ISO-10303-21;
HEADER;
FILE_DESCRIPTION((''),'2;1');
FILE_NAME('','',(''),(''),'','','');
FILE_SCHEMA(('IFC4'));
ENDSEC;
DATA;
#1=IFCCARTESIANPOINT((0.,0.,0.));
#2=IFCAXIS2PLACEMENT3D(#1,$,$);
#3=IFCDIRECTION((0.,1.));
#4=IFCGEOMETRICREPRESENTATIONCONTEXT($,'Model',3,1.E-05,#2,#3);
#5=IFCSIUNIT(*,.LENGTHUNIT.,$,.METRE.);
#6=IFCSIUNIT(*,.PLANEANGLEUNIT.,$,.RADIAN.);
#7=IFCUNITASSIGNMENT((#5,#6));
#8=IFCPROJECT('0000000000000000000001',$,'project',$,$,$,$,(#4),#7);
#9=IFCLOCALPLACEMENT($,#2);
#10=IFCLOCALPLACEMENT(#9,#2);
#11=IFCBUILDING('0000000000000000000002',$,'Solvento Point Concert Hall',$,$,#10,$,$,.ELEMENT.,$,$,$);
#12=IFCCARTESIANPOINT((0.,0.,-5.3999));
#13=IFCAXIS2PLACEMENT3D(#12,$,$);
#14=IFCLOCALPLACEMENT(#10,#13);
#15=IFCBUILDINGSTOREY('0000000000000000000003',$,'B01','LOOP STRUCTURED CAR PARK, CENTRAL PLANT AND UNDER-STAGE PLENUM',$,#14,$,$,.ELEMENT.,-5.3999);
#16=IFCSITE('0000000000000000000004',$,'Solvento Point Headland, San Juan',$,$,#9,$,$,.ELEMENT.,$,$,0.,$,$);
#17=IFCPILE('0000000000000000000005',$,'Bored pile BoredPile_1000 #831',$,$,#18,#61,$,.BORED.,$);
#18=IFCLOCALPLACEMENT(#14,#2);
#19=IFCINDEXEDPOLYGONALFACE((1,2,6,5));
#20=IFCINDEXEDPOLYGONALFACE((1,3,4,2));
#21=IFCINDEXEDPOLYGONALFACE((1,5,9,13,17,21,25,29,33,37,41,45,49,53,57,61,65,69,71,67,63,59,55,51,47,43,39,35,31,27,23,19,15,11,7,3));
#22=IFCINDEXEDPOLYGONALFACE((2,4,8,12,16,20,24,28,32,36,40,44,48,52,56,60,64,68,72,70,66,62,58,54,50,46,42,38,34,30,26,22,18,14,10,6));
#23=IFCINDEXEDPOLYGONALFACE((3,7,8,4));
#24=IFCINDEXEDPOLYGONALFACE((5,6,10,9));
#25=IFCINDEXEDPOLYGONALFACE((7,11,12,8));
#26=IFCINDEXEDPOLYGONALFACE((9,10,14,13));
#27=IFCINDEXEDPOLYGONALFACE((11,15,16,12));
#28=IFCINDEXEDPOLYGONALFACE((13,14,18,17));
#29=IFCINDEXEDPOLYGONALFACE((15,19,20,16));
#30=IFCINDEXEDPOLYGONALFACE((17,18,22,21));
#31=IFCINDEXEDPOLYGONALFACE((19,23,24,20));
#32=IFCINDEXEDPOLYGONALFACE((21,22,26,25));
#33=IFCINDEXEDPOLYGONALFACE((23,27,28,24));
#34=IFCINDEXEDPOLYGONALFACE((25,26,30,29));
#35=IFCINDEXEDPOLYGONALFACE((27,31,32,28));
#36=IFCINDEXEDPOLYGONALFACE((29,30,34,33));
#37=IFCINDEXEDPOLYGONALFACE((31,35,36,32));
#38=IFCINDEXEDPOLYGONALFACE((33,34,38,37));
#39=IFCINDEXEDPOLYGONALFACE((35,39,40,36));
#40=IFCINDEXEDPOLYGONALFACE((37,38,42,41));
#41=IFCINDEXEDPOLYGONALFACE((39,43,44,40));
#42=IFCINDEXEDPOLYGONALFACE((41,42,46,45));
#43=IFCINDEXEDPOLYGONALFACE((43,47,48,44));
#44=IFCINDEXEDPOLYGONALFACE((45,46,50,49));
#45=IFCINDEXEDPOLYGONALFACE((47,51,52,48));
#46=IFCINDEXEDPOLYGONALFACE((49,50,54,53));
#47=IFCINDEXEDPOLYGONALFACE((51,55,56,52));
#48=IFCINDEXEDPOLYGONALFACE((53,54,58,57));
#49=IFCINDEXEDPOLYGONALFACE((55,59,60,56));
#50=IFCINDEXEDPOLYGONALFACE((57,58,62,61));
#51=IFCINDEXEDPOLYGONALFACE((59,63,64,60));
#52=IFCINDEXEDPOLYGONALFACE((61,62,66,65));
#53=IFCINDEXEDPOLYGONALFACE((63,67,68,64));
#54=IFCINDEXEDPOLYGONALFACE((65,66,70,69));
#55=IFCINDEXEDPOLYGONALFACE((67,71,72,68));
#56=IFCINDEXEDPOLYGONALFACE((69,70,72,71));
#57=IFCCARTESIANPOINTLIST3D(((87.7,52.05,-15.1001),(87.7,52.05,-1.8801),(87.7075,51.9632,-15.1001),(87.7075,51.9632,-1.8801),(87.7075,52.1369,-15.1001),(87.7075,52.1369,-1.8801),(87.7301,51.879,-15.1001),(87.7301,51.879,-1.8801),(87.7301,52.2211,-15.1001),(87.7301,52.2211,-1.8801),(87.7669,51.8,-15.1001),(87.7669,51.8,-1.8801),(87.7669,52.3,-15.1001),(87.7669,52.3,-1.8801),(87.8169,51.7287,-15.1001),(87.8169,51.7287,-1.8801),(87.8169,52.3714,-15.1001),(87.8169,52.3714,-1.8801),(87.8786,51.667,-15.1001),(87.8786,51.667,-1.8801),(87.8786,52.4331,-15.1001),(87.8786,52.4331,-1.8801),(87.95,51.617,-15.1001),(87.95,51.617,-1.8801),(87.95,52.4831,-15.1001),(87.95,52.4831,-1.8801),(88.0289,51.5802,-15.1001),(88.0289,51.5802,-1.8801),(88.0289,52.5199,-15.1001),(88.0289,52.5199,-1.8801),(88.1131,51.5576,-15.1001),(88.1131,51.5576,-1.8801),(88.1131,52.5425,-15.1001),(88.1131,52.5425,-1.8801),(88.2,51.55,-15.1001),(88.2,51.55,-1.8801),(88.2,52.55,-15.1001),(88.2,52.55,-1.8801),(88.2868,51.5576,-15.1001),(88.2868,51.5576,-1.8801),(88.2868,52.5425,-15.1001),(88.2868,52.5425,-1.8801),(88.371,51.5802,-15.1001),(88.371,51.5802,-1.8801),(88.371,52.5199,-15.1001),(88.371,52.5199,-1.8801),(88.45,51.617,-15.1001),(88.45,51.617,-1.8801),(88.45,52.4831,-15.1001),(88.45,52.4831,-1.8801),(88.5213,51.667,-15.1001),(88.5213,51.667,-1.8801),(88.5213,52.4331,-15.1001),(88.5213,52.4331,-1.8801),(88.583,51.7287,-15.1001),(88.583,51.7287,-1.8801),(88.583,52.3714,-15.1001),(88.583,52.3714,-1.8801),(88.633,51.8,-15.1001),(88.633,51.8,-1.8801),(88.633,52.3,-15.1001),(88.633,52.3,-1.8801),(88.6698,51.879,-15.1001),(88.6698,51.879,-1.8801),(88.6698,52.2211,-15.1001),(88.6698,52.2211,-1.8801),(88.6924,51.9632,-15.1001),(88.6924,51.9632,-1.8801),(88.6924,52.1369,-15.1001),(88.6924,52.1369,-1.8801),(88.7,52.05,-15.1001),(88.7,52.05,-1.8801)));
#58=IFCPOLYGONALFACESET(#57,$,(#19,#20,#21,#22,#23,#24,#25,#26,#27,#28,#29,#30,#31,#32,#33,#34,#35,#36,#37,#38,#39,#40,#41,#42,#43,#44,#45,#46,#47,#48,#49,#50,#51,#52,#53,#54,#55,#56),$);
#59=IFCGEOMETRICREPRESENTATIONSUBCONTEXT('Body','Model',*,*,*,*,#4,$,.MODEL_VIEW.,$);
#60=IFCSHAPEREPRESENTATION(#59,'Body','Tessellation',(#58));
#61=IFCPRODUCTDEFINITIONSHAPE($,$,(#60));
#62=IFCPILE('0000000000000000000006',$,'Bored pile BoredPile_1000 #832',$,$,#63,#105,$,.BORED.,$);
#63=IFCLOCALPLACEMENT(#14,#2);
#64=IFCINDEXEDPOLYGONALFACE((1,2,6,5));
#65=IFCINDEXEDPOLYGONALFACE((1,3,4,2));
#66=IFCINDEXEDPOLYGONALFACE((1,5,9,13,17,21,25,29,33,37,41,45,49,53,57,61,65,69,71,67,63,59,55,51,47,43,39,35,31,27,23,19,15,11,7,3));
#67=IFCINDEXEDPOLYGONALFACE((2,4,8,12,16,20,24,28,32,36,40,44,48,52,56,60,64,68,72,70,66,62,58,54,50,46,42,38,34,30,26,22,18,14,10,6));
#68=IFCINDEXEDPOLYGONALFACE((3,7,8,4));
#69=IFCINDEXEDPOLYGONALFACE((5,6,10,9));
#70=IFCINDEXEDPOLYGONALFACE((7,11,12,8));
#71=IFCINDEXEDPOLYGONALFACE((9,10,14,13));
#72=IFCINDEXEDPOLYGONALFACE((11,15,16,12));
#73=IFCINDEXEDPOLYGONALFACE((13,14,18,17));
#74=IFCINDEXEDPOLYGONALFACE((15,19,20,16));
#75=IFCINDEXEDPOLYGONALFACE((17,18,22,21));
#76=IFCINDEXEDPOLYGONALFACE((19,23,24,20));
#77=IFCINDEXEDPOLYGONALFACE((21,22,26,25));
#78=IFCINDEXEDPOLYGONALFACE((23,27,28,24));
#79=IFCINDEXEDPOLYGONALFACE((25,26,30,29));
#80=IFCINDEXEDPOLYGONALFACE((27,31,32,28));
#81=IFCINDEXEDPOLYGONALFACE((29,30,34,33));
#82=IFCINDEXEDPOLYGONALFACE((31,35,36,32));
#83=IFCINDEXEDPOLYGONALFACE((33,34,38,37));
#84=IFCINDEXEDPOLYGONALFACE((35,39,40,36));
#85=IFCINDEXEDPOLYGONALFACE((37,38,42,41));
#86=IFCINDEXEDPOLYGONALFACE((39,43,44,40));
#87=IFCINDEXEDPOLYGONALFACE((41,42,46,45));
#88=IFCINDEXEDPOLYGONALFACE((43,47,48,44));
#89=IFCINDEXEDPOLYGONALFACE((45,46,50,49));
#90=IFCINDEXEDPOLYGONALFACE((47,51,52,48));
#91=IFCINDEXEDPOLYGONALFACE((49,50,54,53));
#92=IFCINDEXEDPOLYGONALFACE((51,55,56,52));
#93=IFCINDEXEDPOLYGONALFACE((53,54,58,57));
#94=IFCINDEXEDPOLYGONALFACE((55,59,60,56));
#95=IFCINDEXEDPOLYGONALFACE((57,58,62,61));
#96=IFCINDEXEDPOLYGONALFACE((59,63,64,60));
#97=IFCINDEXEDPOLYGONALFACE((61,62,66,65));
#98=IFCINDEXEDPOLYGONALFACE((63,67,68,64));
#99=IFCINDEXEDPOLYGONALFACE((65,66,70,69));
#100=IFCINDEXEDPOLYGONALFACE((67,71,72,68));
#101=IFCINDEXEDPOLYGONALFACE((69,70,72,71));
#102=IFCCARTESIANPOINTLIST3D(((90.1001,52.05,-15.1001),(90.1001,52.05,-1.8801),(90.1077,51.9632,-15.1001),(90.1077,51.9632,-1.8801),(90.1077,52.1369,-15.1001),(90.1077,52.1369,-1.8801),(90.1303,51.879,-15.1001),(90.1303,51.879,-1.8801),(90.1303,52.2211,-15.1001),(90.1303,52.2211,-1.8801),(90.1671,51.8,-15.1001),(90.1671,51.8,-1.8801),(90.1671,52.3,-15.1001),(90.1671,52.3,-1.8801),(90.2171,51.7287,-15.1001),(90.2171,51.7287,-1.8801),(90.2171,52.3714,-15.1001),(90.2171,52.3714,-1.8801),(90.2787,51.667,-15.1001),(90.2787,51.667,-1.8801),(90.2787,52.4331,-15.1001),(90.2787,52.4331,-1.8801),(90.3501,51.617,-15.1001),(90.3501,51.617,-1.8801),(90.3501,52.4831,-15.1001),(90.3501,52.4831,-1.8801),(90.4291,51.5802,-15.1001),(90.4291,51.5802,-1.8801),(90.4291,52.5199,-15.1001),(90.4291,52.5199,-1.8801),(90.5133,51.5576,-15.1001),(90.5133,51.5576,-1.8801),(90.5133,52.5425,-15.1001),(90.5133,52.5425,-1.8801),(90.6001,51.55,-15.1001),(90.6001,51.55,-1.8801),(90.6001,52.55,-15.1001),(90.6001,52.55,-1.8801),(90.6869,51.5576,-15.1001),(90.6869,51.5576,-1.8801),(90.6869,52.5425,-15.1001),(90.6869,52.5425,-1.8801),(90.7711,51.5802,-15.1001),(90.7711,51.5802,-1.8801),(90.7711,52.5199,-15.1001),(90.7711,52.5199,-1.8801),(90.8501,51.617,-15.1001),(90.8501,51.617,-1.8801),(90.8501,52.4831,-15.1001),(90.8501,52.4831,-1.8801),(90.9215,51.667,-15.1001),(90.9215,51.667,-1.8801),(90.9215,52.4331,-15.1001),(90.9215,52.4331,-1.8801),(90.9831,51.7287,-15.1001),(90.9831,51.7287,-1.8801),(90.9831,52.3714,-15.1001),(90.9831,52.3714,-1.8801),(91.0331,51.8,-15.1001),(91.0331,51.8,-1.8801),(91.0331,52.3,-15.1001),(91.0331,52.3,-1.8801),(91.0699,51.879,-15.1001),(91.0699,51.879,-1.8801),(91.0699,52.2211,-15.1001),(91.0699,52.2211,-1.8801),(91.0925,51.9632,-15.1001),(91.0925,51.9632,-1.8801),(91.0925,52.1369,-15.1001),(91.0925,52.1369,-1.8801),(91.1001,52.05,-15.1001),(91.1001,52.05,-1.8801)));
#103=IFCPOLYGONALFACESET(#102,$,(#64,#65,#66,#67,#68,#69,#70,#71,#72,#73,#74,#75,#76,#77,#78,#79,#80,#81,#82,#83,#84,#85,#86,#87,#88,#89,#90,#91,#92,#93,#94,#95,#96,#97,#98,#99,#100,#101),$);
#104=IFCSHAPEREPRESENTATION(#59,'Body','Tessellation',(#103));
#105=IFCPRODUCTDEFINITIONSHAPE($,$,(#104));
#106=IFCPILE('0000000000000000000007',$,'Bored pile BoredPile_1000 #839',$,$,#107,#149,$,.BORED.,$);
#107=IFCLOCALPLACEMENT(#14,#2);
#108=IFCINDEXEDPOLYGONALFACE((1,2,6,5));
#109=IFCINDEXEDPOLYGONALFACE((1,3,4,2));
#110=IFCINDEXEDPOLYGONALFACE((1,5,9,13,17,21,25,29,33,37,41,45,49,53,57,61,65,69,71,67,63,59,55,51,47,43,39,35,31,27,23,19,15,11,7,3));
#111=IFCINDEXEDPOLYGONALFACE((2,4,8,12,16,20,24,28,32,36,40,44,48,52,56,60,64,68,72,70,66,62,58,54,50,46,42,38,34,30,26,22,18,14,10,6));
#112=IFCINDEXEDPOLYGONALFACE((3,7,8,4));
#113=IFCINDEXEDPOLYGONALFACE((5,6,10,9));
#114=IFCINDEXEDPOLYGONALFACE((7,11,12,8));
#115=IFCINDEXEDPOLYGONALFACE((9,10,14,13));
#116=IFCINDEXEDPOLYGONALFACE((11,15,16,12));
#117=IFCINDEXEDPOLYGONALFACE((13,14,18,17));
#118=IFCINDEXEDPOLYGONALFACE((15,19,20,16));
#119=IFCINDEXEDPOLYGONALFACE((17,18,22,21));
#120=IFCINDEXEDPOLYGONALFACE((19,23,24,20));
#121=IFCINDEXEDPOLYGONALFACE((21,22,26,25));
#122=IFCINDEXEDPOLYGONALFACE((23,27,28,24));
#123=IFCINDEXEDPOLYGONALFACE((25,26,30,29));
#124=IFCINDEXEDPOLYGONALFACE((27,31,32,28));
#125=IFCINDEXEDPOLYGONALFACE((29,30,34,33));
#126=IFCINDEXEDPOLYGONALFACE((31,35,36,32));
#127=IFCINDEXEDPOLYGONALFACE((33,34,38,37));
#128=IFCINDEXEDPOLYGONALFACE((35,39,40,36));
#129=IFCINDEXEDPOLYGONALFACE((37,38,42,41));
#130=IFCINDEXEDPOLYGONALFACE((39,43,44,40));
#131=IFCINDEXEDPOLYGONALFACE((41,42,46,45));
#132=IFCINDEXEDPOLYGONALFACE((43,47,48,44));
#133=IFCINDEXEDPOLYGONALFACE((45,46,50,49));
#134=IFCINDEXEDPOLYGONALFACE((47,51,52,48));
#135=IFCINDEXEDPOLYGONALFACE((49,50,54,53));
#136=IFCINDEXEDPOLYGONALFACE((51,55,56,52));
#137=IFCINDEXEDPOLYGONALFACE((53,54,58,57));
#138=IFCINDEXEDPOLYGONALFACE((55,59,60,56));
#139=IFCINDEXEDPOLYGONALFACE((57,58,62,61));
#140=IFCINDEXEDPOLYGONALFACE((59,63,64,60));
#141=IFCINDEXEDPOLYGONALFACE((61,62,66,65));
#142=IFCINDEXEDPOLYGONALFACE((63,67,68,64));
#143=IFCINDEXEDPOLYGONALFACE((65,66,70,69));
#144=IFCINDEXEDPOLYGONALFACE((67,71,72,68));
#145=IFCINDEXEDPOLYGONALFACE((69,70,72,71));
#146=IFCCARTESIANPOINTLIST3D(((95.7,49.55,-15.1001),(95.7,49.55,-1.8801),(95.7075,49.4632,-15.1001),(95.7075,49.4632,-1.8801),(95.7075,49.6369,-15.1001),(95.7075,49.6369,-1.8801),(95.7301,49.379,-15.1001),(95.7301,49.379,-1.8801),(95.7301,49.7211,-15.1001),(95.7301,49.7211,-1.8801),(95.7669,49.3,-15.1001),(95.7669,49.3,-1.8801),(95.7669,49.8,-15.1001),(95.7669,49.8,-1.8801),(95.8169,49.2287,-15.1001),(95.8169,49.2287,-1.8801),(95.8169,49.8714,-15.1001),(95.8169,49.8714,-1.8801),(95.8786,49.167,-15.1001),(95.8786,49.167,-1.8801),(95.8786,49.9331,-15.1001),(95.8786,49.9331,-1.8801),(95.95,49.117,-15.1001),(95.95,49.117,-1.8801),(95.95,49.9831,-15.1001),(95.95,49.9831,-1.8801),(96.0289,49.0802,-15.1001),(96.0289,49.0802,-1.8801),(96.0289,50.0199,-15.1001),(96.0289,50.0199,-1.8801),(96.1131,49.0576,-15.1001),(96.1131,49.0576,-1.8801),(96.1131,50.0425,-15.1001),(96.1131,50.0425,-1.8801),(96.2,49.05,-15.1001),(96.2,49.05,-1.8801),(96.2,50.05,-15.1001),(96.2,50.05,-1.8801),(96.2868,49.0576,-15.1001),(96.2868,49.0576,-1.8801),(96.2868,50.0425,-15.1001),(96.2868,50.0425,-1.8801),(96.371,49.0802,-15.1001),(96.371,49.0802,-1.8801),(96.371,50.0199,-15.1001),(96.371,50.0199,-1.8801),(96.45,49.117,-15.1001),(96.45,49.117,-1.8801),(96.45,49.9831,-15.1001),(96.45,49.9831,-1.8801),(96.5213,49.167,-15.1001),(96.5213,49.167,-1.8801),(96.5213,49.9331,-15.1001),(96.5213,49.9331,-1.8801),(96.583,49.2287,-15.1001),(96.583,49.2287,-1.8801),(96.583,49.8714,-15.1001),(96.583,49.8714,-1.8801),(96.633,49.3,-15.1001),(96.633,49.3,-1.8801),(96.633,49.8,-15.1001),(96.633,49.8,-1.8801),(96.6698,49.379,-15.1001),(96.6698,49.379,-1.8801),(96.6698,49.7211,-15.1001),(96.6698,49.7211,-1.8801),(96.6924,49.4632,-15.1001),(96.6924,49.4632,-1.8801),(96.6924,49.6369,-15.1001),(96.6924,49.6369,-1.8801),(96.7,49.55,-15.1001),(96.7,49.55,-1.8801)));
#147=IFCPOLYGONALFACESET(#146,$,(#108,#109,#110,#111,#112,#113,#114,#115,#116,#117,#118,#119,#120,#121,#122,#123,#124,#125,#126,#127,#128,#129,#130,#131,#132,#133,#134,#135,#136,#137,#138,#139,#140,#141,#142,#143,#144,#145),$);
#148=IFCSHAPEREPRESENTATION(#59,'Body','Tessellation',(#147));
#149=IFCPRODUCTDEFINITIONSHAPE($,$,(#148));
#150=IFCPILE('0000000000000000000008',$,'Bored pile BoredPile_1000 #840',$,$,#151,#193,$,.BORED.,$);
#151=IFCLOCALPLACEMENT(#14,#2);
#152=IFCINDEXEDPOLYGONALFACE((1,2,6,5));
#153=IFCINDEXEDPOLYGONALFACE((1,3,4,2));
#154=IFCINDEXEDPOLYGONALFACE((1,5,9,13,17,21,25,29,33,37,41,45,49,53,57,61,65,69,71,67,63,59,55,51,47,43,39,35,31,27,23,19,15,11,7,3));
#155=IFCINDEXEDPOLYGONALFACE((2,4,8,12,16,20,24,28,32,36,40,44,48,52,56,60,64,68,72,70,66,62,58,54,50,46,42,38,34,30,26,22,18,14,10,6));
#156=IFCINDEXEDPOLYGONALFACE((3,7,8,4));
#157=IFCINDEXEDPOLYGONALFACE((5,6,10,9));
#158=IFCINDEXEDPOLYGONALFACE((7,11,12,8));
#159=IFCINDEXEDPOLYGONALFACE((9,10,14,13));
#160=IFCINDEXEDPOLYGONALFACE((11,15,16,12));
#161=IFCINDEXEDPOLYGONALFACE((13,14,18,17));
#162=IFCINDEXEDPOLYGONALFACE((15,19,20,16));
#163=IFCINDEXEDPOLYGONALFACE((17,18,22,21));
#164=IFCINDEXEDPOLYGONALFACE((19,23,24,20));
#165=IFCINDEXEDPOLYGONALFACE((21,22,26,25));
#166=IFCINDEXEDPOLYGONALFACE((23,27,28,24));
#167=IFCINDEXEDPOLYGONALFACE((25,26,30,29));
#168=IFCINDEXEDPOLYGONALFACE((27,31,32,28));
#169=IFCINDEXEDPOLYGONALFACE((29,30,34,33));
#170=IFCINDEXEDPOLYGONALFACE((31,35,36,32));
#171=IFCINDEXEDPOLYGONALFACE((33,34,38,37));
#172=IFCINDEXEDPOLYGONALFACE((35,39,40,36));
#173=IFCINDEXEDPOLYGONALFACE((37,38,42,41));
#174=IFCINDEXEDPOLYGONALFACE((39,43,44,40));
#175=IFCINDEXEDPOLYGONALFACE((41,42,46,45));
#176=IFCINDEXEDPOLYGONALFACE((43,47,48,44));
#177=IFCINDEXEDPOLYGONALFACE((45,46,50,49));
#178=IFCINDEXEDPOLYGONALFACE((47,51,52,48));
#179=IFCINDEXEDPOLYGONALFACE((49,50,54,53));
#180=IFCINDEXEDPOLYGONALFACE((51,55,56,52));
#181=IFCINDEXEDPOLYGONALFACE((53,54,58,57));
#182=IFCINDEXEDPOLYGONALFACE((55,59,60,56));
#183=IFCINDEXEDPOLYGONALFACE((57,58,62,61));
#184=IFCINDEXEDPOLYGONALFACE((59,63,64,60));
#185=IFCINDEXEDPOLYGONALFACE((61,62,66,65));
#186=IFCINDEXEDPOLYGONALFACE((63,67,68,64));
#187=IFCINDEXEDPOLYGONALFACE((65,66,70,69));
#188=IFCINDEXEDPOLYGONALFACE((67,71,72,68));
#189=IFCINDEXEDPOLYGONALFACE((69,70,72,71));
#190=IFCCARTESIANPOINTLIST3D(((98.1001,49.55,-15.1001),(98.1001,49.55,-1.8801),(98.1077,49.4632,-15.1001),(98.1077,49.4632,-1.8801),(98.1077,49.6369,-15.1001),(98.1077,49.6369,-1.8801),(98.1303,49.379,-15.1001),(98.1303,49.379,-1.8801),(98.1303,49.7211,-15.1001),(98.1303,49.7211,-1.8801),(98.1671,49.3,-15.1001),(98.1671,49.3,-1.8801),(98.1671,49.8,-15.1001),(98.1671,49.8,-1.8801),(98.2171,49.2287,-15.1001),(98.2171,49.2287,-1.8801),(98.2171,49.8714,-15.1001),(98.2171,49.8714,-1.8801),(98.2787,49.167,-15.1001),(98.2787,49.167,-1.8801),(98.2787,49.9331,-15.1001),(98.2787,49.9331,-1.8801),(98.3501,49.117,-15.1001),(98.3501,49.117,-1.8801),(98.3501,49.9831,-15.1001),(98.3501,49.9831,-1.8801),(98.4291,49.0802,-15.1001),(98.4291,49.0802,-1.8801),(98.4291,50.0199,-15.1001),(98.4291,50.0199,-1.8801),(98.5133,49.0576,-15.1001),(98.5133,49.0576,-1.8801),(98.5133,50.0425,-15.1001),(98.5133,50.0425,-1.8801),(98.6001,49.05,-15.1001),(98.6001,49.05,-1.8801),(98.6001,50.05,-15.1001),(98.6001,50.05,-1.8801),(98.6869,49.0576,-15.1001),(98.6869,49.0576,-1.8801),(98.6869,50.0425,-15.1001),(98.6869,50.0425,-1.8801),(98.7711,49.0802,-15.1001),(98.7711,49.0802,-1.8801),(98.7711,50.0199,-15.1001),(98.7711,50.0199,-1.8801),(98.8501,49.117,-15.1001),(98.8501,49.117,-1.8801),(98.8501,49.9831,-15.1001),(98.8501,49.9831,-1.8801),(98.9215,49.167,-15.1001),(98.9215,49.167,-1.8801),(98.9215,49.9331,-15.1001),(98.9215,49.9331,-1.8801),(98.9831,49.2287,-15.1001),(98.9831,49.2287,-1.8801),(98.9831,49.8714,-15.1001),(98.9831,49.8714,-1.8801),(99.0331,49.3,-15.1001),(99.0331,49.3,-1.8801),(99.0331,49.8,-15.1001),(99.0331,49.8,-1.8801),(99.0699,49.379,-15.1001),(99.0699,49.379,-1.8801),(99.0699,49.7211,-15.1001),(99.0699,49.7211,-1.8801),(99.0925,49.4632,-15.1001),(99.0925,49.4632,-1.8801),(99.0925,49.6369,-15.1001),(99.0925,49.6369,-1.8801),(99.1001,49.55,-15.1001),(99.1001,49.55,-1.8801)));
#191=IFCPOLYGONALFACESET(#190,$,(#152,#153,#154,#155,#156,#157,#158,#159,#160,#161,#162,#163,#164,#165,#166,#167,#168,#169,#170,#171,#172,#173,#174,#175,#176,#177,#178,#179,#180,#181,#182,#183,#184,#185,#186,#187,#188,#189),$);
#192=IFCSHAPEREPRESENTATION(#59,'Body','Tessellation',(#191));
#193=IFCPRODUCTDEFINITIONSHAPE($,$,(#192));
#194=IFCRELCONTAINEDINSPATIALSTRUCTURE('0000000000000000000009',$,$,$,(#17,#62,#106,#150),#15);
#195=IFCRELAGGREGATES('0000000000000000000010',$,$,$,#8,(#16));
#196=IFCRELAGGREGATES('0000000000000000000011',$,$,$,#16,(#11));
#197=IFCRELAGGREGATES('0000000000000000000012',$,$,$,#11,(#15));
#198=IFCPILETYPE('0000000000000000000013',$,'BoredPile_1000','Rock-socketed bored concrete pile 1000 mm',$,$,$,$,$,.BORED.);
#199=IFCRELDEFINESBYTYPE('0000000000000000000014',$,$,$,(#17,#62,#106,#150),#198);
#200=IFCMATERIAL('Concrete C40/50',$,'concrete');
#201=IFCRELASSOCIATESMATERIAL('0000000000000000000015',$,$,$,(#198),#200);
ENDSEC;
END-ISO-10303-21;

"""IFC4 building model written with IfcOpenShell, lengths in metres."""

from ifc_helpers import new_model, si_unit, direction, frame, origin, origin_2d, place, context, subcontext, project, spatial, circle, extrude, material, material_profile, profile_set, type_object, element, save


model = new_model("IFC4")

# Units and contexts
model_context = context("Model", 3, precision=1e-05, world=origin(), true_north=direction((0.0, 1.0)))
body_context = subcontext(model_context, "Body", "Model", "MODEL_VIEW")
ifc_project = project(units=[si_unit("LENGTHUNIT", "METRE"), si_unit("PLANEANGLEUNIT", "RADIAN")], contexts=[model_context])

# Site, building, storey
site_placement = place(None, origin())
site = spatial("IfcSite", under=ifc_project, at=site_placement, Name="Solvento Point Headland, San Juan", CompositionType="ELEMENT", RefElevation=0.0)
building_placement = place(site_placement, origin())
building = spatial("IfcBuilding", under=site, at=building_placement, Name="Solvento Point Concert Hall", CompositionType="ELEMENT")
storey_placement = place(building_placement, frame((0.0, 0.0, -5.3999)))
storey = spatial("IfcBuildingStorey", under=building, at=storey_placement, Name="B01", Description="LOOP STRUCTURED CAR PARK, CENTRAL PLANT AND UNDER-STAGE PLENUM", CompositionType="ELEMENT", Elevation=-5.3999)

# Piles
ifc_material_1 = material(Name="Concrete C40/50", Category="concrete")
ifc_material_profile_1 = material_profile(ifc_material_1, circle(Radius=0.5, at=origin_2d()), Name="BP-1000")
ifc_profile_set_1 = profile_set([ifc_material_profile_1], Name="Concrete C40/50")
pile_type_1 = type_object("IfcPileType", Name="BoredPile_1000", Description="Rock-socketed bored concrete pile 1000 mm", PredefinedType="BORED", material=ifc_profile_set_1)
for number, where, z_axis, x_axis, name in (
    (1, (88.2, 52.05, -1.8801), (0.0, 0.0, -1.0), (1.0, 0.0, 0.0), "Bored pile BoredPile_1000 #831"),
    (2, (90.6001, 52.05, -1.8801), (0.0, 0.0, -1.0), (1.0, 0.0, 0.0), "Bored pile BoredPile_1000 #832"),
    (3, (96.2, 49.55, -1.8801), (0.0, 0.0, -1.0), (1.0, 0.0, 0.0), "Bored pile BoredPile_1000 #839"),
    (4, (98.6001, 49.55, -1.8801), (0.0, 0.0, -1.0), (1.0, 0.0, 0.0), "Bored pile BoredPile_1000 #840"),
):
    element("IfcPile", number, at=place(storey_placement, frame(where, z_axis=z_axis, x_axis=x_axis)), inside=storey, type_object=pile_type_1, Name=name, PredefinedType="BORED", context=body_context, shape_type="SweptSolid", body=[
        extrude(circle(Radius=0.5, at=origin_2d()), origin(), (0.0, 0.0, 1.0), 13.22),
    ])

save(model, "model.ifc")
